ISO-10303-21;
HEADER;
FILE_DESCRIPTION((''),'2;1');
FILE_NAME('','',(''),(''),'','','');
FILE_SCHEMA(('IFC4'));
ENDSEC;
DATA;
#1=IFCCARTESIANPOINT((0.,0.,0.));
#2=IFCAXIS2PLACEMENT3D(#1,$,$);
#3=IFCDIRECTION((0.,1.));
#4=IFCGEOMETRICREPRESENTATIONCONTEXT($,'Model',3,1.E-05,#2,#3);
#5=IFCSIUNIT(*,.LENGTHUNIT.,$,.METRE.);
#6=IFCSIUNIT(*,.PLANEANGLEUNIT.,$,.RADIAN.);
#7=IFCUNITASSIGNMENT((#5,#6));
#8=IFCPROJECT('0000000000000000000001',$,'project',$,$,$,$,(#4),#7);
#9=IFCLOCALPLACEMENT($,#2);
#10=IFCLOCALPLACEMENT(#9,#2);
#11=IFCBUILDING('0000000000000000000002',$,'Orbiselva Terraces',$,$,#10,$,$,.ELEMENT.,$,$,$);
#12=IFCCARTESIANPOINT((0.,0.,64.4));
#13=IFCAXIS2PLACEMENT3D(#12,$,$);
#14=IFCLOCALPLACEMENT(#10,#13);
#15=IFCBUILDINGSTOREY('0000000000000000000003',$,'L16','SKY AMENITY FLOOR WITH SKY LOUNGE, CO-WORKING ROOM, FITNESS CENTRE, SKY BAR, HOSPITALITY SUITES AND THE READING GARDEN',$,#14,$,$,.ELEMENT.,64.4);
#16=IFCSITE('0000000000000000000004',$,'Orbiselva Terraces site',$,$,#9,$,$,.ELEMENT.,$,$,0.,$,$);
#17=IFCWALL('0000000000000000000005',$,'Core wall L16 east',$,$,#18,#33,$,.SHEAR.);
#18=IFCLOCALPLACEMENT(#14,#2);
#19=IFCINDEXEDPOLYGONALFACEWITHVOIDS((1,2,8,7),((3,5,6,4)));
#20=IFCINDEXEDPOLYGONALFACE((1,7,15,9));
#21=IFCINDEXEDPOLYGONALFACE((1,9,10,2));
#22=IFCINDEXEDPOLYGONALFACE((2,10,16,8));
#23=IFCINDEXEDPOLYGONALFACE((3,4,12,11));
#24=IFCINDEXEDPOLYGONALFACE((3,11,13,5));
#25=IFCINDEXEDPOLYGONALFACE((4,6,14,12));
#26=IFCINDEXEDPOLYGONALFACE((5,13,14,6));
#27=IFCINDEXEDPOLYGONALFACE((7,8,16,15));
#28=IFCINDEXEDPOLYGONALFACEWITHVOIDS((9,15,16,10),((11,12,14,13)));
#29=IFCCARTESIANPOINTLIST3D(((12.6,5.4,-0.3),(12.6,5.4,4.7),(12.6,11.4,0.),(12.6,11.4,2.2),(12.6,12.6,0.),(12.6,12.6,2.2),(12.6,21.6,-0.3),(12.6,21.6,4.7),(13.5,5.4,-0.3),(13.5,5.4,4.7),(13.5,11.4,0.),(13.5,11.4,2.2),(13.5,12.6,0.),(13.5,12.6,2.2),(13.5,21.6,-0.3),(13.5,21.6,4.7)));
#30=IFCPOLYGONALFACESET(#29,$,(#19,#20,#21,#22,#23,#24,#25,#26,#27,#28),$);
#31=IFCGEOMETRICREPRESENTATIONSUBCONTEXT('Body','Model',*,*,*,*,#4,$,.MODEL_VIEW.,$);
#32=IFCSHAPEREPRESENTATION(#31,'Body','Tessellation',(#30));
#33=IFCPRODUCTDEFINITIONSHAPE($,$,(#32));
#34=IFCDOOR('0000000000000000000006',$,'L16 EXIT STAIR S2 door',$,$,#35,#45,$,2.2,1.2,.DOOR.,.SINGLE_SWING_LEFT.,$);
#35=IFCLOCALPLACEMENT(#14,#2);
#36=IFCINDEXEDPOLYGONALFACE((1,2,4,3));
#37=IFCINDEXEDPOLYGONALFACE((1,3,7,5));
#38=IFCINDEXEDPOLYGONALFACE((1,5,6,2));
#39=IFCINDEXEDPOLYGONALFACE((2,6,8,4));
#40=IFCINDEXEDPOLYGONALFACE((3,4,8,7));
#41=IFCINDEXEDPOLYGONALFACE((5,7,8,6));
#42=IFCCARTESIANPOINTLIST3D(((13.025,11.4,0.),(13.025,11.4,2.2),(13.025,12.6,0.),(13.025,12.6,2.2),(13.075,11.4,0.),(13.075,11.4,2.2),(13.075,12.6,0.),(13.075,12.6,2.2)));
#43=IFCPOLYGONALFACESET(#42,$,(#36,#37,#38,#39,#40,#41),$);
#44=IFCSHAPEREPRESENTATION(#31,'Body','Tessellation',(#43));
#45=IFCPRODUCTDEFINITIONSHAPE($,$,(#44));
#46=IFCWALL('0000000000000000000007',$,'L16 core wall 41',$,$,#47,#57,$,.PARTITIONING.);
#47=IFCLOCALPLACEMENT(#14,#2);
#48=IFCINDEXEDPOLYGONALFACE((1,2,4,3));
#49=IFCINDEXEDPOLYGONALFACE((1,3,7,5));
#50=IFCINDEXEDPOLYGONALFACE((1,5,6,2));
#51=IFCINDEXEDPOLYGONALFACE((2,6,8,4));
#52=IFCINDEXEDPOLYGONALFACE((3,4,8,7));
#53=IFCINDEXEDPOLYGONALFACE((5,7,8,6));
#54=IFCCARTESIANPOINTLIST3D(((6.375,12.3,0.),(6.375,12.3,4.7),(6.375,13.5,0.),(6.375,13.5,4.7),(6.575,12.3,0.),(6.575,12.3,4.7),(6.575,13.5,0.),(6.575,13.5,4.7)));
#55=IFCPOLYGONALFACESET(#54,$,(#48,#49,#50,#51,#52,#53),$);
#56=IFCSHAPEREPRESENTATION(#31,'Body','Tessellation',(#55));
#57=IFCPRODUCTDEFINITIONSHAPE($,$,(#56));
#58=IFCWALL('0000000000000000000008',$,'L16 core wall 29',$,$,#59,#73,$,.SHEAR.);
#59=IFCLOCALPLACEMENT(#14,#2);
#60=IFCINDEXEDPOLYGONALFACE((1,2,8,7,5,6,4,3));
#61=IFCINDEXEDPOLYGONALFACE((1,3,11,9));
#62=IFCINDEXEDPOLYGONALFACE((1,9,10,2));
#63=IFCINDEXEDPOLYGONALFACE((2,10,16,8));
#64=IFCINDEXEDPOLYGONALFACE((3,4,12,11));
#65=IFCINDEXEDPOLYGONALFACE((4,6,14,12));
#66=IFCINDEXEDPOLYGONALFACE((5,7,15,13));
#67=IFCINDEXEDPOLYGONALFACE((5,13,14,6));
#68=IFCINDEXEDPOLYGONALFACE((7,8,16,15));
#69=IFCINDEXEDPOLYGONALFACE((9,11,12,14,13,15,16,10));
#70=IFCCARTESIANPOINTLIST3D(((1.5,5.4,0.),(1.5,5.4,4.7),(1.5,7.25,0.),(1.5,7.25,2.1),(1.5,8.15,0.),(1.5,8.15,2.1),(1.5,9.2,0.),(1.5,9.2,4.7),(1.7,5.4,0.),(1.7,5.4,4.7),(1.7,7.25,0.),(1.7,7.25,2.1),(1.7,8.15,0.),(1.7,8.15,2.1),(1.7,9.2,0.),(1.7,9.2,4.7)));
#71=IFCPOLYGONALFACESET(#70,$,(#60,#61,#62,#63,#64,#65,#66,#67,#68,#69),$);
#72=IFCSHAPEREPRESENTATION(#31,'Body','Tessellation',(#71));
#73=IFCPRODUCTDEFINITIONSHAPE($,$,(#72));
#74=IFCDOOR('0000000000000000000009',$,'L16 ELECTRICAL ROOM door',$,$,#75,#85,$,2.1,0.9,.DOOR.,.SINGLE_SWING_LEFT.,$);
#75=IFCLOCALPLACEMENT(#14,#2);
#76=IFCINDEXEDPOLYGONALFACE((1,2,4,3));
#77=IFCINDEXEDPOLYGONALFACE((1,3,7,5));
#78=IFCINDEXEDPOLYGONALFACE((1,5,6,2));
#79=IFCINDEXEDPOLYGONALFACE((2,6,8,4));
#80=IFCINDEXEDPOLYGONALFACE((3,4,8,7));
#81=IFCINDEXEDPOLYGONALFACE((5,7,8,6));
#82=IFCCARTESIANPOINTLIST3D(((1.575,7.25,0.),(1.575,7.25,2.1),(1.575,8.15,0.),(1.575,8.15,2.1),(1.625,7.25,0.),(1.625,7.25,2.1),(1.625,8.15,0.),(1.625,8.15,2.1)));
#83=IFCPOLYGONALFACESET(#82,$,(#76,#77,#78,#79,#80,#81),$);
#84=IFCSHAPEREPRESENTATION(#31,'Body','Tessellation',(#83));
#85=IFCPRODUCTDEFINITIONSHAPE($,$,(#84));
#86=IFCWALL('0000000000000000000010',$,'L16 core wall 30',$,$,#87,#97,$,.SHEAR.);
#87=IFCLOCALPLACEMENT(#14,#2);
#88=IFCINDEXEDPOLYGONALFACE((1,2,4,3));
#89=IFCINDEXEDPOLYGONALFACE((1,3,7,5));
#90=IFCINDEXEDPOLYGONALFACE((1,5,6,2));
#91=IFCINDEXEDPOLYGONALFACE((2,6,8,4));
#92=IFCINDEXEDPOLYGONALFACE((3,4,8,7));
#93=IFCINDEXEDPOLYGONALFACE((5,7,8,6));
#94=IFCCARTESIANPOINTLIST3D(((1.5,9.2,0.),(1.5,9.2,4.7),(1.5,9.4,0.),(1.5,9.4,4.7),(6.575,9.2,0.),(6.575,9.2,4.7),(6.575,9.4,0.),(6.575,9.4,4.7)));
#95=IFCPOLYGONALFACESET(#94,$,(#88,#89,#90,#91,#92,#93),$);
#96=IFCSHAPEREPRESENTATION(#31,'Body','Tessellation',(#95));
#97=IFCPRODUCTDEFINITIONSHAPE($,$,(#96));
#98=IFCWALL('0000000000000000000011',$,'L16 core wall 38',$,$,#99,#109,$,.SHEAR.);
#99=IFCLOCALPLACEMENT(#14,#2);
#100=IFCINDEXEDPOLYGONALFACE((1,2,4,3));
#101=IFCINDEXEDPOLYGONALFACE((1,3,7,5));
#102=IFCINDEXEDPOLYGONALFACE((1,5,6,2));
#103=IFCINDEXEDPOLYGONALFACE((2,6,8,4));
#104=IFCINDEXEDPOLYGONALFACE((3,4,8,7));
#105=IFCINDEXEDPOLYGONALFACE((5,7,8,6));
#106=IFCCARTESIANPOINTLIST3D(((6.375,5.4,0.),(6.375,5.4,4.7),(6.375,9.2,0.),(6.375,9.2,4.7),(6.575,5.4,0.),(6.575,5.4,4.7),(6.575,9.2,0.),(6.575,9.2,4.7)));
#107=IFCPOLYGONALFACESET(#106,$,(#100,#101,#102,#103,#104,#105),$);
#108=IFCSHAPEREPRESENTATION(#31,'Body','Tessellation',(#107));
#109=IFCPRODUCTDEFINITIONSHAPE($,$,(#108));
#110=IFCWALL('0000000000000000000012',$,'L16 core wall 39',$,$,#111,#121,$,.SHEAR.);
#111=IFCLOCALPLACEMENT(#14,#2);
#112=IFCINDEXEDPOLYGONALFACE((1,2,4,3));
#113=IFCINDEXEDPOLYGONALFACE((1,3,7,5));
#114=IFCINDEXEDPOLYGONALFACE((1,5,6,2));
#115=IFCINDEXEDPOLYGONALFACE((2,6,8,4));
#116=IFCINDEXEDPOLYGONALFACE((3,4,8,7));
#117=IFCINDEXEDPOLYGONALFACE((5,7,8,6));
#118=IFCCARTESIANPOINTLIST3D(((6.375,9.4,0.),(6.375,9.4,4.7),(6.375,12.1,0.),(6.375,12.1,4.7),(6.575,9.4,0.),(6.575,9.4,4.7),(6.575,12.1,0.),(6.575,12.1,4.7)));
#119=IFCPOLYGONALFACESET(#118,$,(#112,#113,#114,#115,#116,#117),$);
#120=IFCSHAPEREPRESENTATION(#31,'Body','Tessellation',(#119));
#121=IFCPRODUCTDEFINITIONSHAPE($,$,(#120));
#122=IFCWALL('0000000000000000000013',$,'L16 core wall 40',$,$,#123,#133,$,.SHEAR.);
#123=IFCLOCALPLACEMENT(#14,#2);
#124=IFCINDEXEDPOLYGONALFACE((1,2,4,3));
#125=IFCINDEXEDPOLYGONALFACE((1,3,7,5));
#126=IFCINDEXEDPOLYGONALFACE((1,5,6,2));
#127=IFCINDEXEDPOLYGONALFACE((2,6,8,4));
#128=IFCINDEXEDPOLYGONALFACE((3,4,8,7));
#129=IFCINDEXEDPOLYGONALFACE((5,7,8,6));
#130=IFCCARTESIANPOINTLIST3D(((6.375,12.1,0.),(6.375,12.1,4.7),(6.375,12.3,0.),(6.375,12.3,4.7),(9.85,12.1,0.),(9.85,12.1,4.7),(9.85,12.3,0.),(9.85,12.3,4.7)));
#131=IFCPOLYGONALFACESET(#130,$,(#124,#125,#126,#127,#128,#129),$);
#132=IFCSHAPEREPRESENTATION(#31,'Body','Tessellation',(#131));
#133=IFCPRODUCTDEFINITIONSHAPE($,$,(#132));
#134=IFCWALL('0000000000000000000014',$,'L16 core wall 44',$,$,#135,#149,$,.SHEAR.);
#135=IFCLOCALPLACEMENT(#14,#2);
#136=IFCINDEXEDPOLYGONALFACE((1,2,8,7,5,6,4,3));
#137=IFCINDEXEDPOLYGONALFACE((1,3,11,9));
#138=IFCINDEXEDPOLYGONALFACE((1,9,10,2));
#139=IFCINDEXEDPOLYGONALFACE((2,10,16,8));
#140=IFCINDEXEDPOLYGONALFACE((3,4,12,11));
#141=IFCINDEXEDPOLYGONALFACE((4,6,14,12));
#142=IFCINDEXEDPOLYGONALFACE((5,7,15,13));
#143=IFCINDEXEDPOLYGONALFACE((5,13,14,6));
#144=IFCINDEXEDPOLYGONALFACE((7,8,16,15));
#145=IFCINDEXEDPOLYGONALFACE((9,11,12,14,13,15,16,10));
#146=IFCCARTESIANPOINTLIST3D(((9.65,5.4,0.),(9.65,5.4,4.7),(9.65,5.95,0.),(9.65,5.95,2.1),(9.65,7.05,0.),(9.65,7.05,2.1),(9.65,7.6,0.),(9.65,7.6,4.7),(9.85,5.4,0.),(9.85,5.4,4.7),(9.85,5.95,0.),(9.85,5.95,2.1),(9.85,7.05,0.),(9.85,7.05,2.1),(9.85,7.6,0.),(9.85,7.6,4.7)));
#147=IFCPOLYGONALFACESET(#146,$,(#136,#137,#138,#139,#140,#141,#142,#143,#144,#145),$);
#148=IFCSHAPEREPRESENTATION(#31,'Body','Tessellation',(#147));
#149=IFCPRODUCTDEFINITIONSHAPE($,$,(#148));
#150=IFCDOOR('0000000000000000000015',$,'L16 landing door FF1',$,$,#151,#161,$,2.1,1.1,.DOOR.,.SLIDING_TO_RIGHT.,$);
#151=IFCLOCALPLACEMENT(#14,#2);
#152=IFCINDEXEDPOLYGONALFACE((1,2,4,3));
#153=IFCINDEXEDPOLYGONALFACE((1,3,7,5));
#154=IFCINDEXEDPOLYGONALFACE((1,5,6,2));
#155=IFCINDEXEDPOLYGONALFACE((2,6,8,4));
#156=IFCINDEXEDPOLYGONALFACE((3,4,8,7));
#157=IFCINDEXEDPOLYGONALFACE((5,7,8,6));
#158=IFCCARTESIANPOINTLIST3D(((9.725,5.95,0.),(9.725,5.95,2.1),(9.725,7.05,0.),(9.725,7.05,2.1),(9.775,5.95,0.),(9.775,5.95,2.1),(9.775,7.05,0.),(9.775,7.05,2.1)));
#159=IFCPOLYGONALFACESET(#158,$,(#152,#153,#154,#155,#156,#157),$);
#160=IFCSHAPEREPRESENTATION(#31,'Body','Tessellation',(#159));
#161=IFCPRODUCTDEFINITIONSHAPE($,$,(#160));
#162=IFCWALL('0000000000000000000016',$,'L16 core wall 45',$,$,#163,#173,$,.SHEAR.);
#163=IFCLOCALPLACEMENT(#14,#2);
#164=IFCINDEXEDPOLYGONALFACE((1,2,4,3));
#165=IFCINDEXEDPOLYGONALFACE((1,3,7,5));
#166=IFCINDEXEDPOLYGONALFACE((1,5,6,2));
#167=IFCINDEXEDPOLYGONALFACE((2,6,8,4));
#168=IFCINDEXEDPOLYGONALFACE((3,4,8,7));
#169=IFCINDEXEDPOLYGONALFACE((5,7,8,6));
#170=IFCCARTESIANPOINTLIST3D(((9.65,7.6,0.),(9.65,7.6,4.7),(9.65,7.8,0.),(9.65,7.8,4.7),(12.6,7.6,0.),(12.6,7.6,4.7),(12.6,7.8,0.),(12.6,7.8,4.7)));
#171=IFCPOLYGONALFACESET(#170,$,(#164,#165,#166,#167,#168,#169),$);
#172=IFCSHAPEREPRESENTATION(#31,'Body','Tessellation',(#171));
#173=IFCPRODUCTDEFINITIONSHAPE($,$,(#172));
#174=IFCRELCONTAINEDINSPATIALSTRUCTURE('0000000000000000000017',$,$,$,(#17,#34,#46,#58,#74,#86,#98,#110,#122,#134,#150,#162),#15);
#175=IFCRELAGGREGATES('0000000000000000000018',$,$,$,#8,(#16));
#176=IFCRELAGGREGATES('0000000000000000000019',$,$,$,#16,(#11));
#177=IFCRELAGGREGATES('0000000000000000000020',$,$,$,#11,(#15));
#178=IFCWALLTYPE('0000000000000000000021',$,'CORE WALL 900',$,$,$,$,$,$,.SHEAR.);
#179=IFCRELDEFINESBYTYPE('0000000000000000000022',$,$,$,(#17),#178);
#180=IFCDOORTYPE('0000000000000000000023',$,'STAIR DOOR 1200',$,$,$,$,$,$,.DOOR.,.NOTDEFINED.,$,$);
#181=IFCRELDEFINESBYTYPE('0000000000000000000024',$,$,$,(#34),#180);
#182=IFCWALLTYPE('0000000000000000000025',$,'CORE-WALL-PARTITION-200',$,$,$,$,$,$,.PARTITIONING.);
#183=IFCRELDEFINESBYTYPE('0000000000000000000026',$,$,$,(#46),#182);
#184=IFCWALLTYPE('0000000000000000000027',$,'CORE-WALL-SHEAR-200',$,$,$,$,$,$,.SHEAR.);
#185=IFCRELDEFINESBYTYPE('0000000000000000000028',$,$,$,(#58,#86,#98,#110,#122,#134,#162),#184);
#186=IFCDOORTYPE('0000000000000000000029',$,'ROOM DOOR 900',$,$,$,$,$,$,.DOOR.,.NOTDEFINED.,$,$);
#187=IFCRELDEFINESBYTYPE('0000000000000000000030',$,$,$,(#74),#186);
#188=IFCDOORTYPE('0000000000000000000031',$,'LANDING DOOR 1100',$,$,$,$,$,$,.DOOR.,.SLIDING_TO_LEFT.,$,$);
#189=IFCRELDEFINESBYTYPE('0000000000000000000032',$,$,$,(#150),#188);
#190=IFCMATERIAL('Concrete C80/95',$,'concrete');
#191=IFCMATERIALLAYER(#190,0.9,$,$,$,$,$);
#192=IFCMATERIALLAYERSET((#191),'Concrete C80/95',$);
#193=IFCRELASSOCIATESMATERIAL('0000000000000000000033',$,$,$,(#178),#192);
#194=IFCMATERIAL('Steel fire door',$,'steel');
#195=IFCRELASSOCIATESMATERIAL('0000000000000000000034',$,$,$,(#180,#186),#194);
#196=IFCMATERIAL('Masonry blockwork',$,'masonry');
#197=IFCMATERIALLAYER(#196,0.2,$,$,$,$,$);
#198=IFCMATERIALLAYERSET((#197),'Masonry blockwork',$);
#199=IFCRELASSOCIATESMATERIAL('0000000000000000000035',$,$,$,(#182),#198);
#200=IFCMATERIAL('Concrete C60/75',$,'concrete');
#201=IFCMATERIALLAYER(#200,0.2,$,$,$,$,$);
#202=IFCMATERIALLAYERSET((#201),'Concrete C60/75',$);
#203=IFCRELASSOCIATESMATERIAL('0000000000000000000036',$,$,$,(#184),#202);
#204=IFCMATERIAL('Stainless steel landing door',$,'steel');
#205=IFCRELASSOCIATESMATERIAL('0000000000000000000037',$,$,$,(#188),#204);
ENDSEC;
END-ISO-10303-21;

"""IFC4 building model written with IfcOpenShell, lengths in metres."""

from ifc_helpers import new_model, si_unit, direction, frame, frame_2d, origin, place, context, subcontext, project, spatial, rectangle, extrude, material, layer, layer_set, type_object, element, fill, save


model = new_model("IFC4")

# Units and contexts
model_context = context("Model", 3, precision=1e-05, world=origin(), true_north=direction((0.0, 1.0)))
body_context = subcontext(model_context, "Body", "Model", "MODEL_VIEW")
ifc_project = project(units=[si_unit("LENGTHUNIT", "METRE"), si_unit("PLANEANGLEUNIT", "RADIAN")], contexts=[model_context])

# Site, building, storey
site_placement = place(None, origin())
site = spatial("IfcSite", under=ifc_project, at=site_placement, Name="Orbiselva Terraces site", CompositionType="ELEMENT", RefElevation=0.0)
building_placement = place(site_placement, origin())
building = spatial("IfcBuilding", under=site, at=building_placement, Name="Orbiselva Terraces", CompositionType="ELEMENT")
storey_placement = place(building_placement, frame((0.0, 0.0, 64.4)))
storey = spatial("IfcBuildingStorey", under=building, at=storey_placement, Name="L16", Description="SKY AMENITY FLOOR WITH SKY LOUNGE, CO-WORKING ROOM, FITNESS CENTRE, SKY BAR, HOSPITALITY SUITES AND THE READING GARDEN", CompositionType="ELEMENT", Elevation=64.4)

# Wall, opening, door
ifc_material_1 = material(Name="Concrete C80/95", Category="concrete")
ifc_layer_1 = layer(ifc_material_1, 0.9)
ifc_layer_set_1 = layer_set([ifc_layer_1], Name="Concrete C80/95")
wall_type_1 = type_object("IfcWallType", Name="CORE WALL 900", PredefinedType="SHEAR", material=ifc_layer_set_1)
wall_1_placement = place(storey_placement, frame((13.05, 5.4, -0.3), z_axis=(0.0, 0.0, 1.0), x_axis=(0.0, 1.0, 0.0)))
wall_1 = element("IfcWall", 1, at=wall_1_placement, inside=storey, type_object=wall_type_1, Name="Core wall L16 east", PredefinedType="SHEAR", context=body_context, shape_type="SweptSolid", body=[
    extrude(rectangle(XDim=16.2, YDim=0.9, at=frame_2d((8.1, 0.0))), origin(), (0.0, 0.0, 1.0), 5.0),
])
opening_1_placement = place(wall_1_placement, frame((6.0, 0.0, 0.3)))
opening_1 = element("IfcOpeningElement", 2, at=opening_1_placement, cuts=wall_1, PredefinedType="OPENING", context=body_context, shape_type="SweptSolid", body=[
    extrude(rectangle(XDim=1.2, YDim=2.2, at=frame_2d((0.6, 1.1))), frame((0.0, 0.46, 0.0), z_axis=(0.0, -1.0, 0.0), x_axis=(1.0, 0.0, 0.0)), (0.0, 0.0, 1.0), 0.92),
])
ifc_material_2 = material(Name="Steel fire door", Category="steel")
door_type_1 = type_object("IfcDoorType", Name="STAIR DOOR 1200", OperationType="NOTDEFINED", PredefinedType="DOOR", material=ifc_material_2)
door_1_placement = place(opening_1_placement, frame((1.2, 0.0, 0.0), z_axis=(0.0, 0.0, 1.0), x_axis=(-1.0, 0.0, 0.0)))
door_1 = element("IfcDoor", 3, at=door_1_placement, inside=storey, type_object=door_type_1, Name="L16 EXIT STAIR S2 door", OperationType="SINGLE_SWING_LEFT", OverallHeight=2.2, OverallWidth=1.2, PredefinedType="DOOR", context=body_context, shape_type="SweptSolid", body=[
    extrude(rectangle(XDim=1.2, YDim=2.2, at=frame_2d((0.6, 1.1))), frame((0.0, 0.025, 0.0), z_axis=(0.0, -1.0, 0.0), x_axis=(1.0, 0.0, 0.0)), (0.0, 0.0, 1.0), 0.05),
])
fill(opening_1, door_1)

# Wall
ifc_material_3 = material(Name="Masonry blockwork", Category="masonry")
ifc_layer_2 = layer(ifc_material_3, 0.2)
ifc_layer_set_2 = layer_set([ifc_layer_2], Name="Masonry blockwork")
wall_type_2 = type_object("IfcWallType", Name="CORE-WALL-PARTITION-200", PredefinedType="PARTITIONING", material=ifc_layer_set_2)
wall_2_placement = place(storey_placement, frame((6.475, 12.3, 0.0), z_axis=(0.0, 0.0, 1.0), x_axis=(0.0, 1.0, 0.0)))
element("IfcWall", 4, at=wall_2_placement, inside=storey, type_object=wall_type_2, Name="L16 core wall 41", PredefinedType="PARTITIONING", context=body_context, shape_type="SweptSolid", body=[
    extrude(rectangle(XDim=1.2, YDim=0.2, at=frame_2d((0.6, 0.0))), origin(), (0.0, 0.0, 1.0), 4.7),
])

# Wall, opening, door
ifc_material_4 = material(Name="Concrete C60/75", Category="concrete")
ifc_layer_3 = layer(ifc_material_4, 0.2)
ifc_layer_set_3 = layer_set([ifc_layer_3], Name="Concrete C60/75")
wall_type_3 = type_object("IfcWallType", Name="CORE-WALL-SHEAR-200", PredefinedType="SHEAR", material=ifc_layer_set_3)
wall_3_placement = place(storey_placement, frame((1.6, 9.2, 0.0), z_axis=(0.0, 0.0, 1.0), x_axis=(0.0, -1.0, 0.0)))
wall_3 = element("IfcWall", 5, at=wall_3_placement, inside=storey, type_object=wall_type_3, Name="L16 core wall 29", PredefinedType="SHEAR", context=body_context, shape_type="SweptSolid", body=[
    extrude(rectangle(XDim=3.8, YDim=0.2, at=frame_2d((1.9, 0.0))), origin(), (0.0, 0.0, 1.0), 4.7),
])
opening_2_placement = place(wall_3_placement, frame((1.05, 0.0, 0.0)))
opening_2 = element("IfcOpeningElement", 6, at=opening_2_placement, cuts=wall_3, PredefinedType="OPENING", context=body_context, shape_type="SweptSolid", body=[
    extrude(rectangle(XDim=0.9, YDim=2.1, at=frame_2d((0.45, 1.05))), frame((0.0, 0.11, 0.0), z_axis=(0.0, -1.0, 0.0), x_axis=(1.0, 0.0, 0.0)), (0.0, 0.0, 1.0), 0.22),
])
door_type_2 = type_object("IfcDoorType", Name="ROOM DOOR 900", OperationType="NOTDEFINED", PredefinedType="DOOR", material=ifc_material_2)
door_2_placement = place(opening_2_placement, origin())
door_2 = element("IfcDoor", 7, at=door_2_placement, inside=storey, type_object=door_type_2, Name="L16 ELECTRICAL ROOM door", OperationType="SINGLE_SWING_LEFT", OverallHeight=2.1, OverallWidth=0.9, PredefinedType="DOOR", context=body_context, shape_type="SweptSolid", body=[
    extrude(rectangle(XDim=0.9, YDim=2.1, at=frame_2d((0.45, 1.05))), frame((0.0, 0.025, 0.0), z_axis=(0.0, -1.0, 0.0), x_axis=(1.0, 0.0, 0.0)), (0.0, 0.0, 1.0), 0.05),
])
fill(opening_2, door_2)

# Walls
wall_4_placement = place(storey_placement, frame((1.5, 9.3, 0.0), z_axis=(0.0, 0.0, 1.0), x_axis=(1.0, 0.0, 0.0)))
element("IfcWall", 8, at=wall_4_placement, inside=storey, type_object=wall_type_3, Name="L16 core wall 30", PredefinedType="SHEAR", context=body_context, shape_type="SweptSolid", body=[
    extrude(rectangle(XDim=5.075, YDim=0.2, at=frame_2d((2.5375, 0.0))), origin(), (0.0, 0.0, 1.0), 4.7),
])
wall_5_placement = place(storey_placement, frame((6.475, 5.4, 0.0), z_axis=(0.0, 0.0, 1.0), x_axis=(0.0, 1.0, 0.0)))
element("IfcWall", 9, at=wall_5_placement, inside=storey, type_object=wall_type_3, Name="L16 core wall 38", PredefinedType="SHEAR", context=body_context, shape_type="SweptSolid", body=[
    extrude(rectangle(XDim=3.8, YDim=0.2, at=frame_2d((1.9, 0.0))), origin(), (0.0, 0.0, 1.0), 4.7),
])
wall_6_placement = place(storey_placement, frame((6.475, 9.4, 0.0), z_axis=(0.0, 0.0, 1.0), x_axis=(0.0, 1.0, 0.0)))
element("IfcWall", 10, at=wall_6_placement, inside=storey, type_object=wall_type_3, Name="L16 core wall 39", PredefinedType="SHEAR", context=body_context, shape_type="SweptSolid", body=[
    extrude(rectangle(XDim=2.7, YDim=0.2, at=frame_2d((1.35, 0.0))), origin(), (0.0, 0.0, 1.0), 4.7),
])
wall_7_placement = place(storey_placement, frame((6.375, 12.2, 0.0), z_axis=(0.0, 0.0, 1.0), x_axis=(1.0, 0.0, 0.0)))
element("IfcWall", 11, at=wall_7_placement, inside=storey, type_object=wall_type_3, Name="L16 core wall 40", PredefinedType="SHEAR", context=body_context, shape_type="SweptSolid", body=[
    extrude(rectangle(XDim=3.475, YDim=0.2, at=frame_2d((1.7375, 0.0))), origin(), (0.0, 0.0, 1.0), 4.7),
])

# Wall, opening, door
wall_8_placement = place(storey_placement, frame((9.75, 5.4, 0.0), z_axis=(0.0, 0.0, 1.0), x_axis=(0.0, 1.0, 0.0)))
wall_8 = element("IfcWall", 12, at=wall_8_placement, inside=storey, type_object=wall_type_3, Name="L16 core wall 44", PredefinedType="SHEAR", context=body_context, shape_type="SweptSolid", body=[
    extrude(rectangle(XDim=2.2, YDim=0.2, at=frame_2d((1.1, 0.0))), origin(), (0.0, 0.0, 1.0), 4.7),
])
opening_3_placement = place(wall_8_placement, frame((0.55, 0.0, 0.0)))
opening_3 = element("IfcOpeningElement", 13, at=opening_3_placement, cuts=wall_8, PredefinedType="OPENING", context=body_context, shape_type="SweptSolid", body=[
    extrude(rectangle(XDim=1.1, YDim=2.1, at=frame_2d((0.55, 1.05))), frame((0.0, 0.11, 0.0), z_axis=(0.0, -1.0, 0.0), x_axis=(1.0, 0.0, 0.0)), (0.0, 0.0, 1.0), 0.22),
])
ifc_material_5 = material(Name="Stainless steel landing door", Category="steel")
door_type_3 = type_object("IfcDoorType", Name="LANDING DOOR 1100", OperationType="SLIDING_TO_LEFT", PredefinedType="DOOR", material=ifc_material_5)
door_3_placement = place(opening_3_placement, origin())
door_3 = element("IfcDoor", 14, at=door_3_placement, inside=storey, type_object=door_type_3, Name="L16 landing door FF1", OperationType="SLIDING_TO_RIGHT", OverallHeight=2.1, OverallWidth=1.1, PredefinedType="DOOR", context=body_context, shape_type="SweptSolid", body=[
    extrude(rectangle(XDim=1.1, YDim=2.1, at=frame_2d((0.55, 1.05))), frame((0.0, 0.025, 0.0), z_axis=(0.0, -1.0, 0.0), x_axis=(1.0, 0.0, 0.0)), (0.0, 0.0, 1.0), 0.05),
])
fill(opening_3, door_3)

# Wall
wall_9_placement = place(storey_placement, frame((9.65, 7.7, 0.0), z_axis=(0.0, 0.0, 1.0), x_axis=(1.0, 0.0, 0.0)))
element("IfcWall", 15, at=wall_9_placement, inside=storey, type_object=wall_type_3, Name="L16 core wall 45", PredefinedType="SHEAR", context=body_context, shape_type="SweptSolid", body=[
    extrude(rectangle(XDim=2.95, YDim=0.2, at=frame_2d((1.475, 0.0))), origin(), (0.0, 0.0, 1.0), 4.7),
])

save(model, "model.ifc")
